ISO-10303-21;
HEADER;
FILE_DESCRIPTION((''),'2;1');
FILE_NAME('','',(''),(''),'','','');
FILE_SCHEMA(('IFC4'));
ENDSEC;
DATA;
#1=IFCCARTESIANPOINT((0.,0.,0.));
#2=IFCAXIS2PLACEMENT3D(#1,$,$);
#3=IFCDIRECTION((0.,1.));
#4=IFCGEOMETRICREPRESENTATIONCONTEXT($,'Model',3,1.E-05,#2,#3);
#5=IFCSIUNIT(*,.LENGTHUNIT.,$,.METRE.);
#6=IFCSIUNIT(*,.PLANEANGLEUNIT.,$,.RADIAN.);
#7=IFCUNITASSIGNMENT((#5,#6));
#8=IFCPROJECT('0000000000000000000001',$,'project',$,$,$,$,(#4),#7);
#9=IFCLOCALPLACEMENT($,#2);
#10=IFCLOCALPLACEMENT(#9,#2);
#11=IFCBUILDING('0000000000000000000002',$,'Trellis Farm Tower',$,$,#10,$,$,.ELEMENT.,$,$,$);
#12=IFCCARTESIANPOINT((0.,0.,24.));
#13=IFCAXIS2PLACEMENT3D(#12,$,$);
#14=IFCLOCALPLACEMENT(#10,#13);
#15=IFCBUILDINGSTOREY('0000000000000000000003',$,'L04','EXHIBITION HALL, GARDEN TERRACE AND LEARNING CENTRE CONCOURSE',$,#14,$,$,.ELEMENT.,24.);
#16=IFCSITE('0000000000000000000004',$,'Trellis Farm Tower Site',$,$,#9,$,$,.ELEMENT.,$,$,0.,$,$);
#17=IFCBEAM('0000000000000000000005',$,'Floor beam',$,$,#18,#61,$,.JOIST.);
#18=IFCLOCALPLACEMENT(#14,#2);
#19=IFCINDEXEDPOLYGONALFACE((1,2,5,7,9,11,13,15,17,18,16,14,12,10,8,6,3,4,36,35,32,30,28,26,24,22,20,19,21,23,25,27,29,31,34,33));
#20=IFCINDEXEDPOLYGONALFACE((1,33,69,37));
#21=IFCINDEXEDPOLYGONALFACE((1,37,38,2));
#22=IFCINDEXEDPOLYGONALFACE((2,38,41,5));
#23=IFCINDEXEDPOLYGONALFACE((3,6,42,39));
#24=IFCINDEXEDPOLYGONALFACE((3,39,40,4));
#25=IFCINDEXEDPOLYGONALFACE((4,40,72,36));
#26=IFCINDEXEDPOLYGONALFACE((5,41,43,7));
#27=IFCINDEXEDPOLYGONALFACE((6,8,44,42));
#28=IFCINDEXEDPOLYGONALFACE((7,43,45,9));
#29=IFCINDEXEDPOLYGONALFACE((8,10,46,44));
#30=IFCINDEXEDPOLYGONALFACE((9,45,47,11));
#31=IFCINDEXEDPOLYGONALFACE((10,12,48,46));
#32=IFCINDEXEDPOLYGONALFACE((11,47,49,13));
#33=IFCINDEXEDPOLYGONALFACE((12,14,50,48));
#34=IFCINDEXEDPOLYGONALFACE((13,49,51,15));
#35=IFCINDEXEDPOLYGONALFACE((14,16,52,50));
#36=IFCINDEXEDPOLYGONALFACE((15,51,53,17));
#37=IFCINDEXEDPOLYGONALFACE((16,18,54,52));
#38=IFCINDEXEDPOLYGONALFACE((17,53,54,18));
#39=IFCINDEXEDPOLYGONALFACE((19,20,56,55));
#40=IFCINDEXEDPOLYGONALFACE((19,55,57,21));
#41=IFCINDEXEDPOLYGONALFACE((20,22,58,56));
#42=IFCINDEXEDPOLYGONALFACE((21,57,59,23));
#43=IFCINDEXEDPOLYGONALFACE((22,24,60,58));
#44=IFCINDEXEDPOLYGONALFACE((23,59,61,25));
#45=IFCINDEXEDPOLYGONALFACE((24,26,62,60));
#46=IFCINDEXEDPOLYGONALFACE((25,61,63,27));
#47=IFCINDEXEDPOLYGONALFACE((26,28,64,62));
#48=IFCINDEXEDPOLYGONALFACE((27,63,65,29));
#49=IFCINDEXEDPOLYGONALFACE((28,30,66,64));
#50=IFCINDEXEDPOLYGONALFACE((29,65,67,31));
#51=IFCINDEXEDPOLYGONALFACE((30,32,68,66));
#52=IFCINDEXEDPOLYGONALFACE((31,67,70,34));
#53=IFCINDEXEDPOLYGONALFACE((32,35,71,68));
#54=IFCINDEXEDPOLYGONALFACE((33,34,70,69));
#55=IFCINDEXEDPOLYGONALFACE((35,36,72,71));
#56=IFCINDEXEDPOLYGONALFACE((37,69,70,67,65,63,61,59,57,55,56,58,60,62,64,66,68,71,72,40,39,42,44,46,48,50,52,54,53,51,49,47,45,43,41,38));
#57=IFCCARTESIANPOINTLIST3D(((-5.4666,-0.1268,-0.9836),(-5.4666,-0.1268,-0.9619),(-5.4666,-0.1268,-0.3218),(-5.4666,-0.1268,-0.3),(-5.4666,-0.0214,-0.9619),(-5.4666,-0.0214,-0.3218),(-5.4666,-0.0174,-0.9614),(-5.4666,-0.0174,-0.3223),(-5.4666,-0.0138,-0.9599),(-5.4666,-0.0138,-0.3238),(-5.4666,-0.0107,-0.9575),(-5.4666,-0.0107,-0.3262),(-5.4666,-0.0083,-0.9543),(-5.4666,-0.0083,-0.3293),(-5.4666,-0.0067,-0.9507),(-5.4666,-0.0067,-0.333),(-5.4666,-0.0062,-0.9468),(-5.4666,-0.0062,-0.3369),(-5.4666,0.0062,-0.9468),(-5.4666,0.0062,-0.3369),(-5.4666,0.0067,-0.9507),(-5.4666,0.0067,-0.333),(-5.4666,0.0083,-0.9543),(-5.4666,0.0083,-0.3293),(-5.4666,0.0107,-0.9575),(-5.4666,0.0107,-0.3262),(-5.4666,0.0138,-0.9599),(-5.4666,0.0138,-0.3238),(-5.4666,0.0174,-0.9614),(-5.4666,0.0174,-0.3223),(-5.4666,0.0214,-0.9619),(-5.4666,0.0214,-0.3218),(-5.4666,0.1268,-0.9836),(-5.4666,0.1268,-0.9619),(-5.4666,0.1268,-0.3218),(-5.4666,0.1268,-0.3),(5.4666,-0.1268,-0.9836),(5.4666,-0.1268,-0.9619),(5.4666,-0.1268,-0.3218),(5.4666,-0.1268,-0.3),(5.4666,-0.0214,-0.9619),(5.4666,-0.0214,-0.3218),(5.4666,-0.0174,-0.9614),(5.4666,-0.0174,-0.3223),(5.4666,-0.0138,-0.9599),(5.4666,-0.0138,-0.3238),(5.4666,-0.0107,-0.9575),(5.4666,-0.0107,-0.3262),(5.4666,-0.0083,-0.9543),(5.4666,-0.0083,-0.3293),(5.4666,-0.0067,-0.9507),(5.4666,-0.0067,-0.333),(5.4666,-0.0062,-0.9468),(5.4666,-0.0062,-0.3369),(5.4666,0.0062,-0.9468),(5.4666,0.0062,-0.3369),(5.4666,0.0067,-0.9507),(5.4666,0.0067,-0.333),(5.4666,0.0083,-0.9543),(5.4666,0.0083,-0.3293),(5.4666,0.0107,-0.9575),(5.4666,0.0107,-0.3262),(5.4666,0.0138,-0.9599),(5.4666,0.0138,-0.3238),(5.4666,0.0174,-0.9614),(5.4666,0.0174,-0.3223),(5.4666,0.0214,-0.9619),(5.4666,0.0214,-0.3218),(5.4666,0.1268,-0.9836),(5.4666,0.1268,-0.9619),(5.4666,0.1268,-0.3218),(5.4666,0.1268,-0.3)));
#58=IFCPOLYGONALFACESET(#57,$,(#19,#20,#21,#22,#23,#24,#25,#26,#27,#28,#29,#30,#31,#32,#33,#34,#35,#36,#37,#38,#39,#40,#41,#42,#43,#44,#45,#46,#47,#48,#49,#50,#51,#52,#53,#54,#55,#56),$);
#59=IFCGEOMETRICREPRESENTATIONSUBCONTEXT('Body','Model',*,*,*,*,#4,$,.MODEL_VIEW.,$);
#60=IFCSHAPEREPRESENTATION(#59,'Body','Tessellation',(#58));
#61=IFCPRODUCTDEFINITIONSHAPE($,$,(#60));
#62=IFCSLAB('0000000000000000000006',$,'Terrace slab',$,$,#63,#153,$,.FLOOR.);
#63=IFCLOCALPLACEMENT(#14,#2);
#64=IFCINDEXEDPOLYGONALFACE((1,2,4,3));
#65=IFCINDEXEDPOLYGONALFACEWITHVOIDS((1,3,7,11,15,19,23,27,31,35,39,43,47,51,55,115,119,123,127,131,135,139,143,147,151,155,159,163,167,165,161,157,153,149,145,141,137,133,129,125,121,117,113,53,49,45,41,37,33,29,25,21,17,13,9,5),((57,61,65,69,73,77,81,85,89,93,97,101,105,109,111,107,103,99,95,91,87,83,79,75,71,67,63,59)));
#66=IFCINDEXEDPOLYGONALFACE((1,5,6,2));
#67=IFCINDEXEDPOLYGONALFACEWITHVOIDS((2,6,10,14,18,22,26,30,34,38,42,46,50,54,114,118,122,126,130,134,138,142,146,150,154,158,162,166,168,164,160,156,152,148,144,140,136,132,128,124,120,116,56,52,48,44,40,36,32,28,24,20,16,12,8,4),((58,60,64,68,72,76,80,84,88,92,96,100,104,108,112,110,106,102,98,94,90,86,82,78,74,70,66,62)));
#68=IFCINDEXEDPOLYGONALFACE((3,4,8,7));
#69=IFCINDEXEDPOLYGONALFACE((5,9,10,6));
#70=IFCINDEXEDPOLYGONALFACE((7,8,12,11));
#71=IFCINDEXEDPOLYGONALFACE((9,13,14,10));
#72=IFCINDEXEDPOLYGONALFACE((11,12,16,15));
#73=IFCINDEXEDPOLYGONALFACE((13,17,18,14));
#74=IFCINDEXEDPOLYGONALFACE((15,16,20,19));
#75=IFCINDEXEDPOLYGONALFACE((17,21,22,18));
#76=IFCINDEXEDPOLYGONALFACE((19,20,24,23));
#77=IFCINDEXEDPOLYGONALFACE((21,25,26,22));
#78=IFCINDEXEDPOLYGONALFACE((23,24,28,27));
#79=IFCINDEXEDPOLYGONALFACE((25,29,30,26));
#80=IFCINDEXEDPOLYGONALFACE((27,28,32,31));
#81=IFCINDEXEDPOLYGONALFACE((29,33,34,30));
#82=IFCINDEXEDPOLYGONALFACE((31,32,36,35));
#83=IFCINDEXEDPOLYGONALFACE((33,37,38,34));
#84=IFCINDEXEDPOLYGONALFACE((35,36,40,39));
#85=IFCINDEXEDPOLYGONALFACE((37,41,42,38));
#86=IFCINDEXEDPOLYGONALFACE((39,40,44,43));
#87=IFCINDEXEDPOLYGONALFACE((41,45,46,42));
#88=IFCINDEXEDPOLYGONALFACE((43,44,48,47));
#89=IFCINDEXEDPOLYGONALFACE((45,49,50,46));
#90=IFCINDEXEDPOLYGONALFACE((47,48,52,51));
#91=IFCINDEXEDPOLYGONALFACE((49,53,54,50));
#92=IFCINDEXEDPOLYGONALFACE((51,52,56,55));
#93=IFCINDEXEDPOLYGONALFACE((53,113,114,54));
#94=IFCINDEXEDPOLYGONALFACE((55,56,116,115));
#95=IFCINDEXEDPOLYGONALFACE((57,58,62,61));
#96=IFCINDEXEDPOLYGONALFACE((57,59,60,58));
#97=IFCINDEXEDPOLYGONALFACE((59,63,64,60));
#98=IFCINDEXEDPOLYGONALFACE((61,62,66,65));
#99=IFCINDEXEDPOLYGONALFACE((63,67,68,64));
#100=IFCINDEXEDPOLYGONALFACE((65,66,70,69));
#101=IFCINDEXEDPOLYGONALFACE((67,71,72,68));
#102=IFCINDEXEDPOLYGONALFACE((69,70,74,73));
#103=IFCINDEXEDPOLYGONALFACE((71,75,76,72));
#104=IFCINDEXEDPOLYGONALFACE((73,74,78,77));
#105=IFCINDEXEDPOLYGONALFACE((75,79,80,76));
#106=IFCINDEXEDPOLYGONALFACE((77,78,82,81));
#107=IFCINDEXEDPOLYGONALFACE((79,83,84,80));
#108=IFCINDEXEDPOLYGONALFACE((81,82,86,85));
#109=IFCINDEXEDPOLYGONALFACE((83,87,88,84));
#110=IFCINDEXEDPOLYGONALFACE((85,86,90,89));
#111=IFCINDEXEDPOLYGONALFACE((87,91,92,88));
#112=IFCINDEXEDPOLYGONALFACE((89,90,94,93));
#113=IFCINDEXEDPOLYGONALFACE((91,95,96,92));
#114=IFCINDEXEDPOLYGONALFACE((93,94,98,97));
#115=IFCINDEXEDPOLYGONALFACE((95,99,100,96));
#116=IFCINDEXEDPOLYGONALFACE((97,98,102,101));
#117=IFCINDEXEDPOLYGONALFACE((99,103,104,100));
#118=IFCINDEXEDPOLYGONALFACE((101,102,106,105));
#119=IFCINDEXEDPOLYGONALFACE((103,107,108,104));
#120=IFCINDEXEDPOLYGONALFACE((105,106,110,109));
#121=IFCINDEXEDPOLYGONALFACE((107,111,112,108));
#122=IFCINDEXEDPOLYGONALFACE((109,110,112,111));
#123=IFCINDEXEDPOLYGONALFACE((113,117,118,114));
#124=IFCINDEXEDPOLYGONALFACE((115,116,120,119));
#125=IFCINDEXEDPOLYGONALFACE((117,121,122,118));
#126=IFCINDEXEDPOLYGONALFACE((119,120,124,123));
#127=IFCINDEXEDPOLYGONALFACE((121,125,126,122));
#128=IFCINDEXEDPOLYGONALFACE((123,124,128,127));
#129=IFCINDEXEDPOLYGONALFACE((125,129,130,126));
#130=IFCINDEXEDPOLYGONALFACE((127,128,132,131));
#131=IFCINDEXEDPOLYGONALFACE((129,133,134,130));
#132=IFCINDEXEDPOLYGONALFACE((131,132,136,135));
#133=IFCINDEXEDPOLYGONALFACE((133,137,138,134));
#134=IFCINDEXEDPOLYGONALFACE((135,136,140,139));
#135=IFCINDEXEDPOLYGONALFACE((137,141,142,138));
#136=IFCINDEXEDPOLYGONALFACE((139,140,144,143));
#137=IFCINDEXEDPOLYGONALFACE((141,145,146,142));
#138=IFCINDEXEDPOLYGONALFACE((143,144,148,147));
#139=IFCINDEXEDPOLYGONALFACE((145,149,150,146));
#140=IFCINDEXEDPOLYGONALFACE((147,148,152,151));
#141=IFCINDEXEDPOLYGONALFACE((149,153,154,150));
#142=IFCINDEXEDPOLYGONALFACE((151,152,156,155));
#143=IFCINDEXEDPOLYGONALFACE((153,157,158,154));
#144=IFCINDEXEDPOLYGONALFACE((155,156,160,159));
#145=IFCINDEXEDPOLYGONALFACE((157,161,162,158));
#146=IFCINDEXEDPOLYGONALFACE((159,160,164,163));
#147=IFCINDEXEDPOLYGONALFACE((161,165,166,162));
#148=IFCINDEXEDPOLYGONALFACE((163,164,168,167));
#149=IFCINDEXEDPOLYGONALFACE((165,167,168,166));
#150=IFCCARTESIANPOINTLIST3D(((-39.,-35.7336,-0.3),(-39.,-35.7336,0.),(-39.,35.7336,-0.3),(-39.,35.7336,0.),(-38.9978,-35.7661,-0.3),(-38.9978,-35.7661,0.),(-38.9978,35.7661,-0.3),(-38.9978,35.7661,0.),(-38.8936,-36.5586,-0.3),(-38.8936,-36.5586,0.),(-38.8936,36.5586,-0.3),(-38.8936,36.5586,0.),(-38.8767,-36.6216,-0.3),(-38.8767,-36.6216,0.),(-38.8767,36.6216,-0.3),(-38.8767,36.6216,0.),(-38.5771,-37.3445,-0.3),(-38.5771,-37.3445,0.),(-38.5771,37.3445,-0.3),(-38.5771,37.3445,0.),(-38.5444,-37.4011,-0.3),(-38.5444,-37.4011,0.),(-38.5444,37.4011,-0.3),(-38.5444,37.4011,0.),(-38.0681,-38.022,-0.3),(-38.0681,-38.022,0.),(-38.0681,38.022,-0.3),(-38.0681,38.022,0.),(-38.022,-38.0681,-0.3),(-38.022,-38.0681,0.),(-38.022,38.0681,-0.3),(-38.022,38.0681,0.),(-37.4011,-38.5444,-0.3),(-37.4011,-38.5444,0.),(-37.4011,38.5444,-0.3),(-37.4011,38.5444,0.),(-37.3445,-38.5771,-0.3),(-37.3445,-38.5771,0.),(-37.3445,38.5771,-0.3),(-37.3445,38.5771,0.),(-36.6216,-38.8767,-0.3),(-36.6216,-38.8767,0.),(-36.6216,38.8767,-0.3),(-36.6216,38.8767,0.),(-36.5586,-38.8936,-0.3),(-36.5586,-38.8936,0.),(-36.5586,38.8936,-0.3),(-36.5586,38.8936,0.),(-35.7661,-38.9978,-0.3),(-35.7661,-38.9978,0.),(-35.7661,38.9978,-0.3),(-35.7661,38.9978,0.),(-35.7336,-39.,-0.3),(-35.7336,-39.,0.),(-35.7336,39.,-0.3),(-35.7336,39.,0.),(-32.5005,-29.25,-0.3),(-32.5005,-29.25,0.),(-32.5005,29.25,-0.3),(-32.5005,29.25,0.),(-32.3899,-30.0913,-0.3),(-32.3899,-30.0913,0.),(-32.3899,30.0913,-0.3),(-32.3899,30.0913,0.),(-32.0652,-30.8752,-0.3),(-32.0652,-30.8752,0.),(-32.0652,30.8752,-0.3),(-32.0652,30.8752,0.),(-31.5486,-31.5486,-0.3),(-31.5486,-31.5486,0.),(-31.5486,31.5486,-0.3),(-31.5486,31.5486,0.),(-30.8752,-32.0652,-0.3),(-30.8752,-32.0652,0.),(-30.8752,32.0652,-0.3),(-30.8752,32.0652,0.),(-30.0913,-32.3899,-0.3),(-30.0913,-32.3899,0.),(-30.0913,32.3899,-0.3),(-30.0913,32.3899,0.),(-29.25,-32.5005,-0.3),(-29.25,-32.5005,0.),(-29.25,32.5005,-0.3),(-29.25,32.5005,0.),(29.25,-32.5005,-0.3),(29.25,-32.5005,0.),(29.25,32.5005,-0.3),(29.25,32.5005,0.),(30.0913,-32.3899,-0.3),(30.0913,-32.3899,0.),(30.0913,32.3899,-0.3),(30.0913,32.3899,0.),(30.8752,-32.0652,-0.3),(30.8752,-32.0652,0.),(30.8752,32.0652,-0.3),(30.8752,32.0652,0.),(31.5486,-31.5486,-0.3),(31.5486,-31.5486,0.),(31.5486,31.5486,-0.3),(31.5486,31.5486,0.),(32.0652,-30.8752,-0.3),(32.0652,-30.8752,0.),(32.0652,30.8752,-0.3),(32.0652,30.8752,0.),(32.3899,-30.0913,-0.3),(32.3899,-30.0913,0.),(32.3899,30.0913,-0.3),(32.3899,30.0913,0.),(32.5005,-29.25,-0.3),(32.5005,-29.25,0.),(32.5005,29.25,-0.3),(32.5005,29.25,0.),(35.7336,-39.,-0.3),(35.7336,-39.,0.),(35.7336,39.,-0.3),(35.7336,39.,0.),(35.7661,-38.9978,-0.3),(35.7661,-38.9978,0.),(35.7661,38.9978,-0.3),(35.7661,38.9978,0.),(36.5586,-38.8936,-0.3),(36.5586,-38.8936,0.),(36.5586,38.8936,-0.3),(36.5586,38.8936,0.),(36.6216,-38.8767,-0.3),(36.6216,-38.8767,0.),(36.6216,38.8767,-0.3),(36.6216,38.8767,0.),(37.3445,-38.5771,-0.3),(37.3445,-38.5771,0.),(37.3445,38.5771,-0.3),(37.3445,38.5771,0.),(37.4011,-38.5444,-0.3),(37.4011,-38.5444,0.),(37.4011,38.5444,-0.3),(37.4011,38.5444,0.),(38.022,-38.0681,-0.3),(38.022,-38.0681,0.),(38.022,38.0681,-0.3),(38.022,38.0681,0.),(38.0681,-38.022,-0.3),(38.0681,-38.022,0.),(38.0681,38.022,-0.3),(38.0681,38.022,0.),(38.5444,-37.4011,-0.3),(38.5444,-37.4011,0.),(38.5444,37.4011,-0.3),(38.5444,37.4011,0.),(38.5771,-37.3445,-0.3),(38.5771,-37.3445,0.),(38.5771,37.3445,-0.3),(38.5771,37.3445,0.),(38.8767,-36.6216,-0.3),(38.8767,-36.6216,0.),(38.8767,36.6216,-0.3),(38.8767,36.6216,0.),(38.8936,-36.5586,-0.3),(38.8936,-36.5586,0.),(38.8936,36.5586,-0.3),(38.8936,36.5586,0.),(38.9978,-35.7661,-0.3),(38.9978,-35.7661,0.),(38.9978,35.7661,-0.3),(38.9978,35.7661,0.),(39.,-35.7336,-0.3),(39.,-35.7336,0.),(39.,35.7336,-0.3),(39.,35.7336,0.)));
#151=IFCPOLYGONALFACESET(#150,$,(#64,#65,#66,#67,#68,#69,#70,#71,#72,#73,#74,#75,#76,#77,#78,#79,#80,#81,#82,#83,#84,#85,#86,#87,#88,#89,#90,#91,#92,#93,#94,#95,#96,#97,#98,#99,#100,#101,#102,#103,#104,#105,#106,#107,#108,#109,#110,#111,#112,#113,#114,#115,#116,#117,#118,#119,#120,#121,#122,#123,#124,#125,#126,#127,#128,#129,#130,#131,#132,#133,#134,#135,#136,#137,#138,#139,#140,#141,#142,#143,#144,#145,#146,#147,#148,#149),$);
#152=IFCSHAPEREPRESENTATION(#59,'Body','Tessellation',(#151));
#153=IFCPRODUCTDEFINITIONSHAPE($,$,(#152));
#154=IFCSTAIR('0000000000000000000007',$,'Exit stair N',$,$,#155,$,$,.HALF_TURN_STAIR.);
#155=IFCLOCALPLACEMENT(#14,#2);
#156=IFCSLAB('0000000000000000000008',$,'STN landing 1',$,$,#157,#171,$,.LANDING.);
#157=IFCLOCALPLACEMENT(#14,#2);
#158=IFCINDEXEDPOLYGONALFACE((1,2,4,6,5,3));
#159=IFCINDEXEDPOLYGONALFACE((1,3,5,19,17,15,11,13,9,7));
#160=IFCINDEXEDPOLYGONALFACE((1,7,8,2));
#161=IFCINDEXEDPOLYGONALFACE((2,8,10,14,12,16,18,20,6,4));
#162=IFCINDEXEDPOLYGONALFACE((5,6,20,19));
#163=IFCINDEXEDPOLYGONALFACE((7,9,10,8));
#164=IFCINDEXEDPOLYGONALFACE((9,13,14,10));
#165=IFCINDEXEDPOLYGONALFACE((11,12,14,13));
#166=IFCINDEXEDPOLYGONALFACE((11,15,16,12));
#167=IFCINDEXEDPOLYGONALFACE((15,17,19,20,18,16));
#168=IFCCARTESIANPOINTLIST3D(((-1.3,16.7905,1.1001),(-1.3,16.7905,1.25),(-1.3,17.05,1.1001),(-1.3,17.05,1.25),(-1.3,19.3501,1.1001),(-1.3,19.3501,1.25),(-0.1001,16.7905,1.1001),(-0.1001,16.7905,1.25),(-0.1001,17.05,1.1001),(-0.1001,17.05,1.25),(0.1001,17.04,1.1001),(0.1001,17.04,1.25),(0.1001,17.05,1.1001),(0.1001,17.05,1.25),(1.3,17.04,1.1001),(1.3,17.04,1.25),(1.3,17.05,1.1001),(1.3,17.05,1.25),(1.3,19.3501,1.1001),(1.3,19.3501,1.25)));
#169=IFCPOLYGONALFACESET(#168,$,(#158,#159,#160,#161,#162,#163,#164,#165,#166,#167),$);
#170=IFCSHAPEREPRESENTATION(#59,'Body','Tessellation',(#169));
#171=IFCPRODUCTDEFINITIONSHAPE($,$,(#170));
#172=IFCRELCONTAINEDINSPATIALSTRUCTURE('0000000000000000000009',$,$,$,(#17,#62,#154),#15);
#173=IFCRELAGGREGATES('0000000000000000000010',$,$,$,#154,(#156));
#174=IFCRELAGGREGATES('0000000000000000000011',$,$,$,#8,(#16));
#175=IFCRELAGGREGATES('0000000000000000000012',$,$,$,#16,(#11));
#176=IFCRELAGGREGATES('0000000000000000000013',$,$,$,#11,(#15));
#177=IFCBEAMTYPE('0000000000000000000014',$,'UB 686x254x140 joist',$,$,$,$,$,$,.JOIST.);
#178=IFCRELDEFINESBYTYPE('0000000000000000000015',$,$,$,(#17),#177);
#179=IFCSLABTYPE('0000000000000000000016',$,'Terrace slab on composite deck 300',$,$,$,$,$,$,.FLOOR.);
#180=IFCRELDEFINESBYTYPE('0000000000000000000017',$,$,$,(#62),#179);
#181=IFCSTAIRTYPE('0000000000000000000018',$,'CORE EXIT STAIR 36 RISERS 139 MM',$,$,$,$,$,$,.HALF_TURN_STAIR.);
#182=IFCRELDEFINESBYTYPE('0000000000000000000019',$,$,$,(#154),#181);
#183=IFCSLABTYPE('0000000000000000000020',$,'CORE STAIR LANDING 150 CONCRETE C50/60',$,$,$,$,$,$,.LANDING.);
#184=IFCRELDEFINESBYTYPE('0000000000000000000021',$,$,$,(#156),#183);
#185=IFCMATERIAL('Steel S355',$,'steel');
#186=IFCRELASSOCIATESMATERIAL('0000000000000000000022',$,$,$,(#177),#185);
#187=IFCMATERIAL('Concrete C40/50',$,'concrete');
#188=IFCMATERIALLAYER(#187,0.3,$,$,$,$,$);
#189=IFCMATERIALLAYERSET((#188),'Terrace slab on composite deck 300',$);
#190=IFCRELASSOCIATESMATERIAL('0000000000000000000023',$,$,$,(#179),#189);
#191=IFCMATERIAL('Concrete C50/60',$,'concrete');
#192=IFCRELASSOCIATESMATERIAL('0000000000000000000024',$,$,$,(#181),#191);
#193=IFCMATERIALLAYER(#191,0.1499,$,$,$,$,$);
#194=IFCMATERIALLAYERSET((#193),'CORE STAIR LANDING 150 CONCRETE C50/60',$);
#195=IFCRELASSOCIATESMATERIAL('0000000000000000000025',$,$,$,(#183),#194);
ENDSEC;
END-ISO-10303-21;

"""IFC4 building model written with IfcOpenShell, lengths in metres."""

from ifc_helpers import new_model, si_unit, direction, frame, origin, origin_2d, place, context, subcontext, project, spatial, polyline, i_section, outline, extrude, source, transform, mapped, material, layer, layer_set, material_profile, profile_set, type_object, element, aggregate, save


model = new_model("IFC4")

# Units and contexts
model_context = context("Model", 3, precision=1e-05, world=origin(), true_north=direction((0.0, 1.0)))
body_context = subcontext(model_context, "Body", "Model", "MODEL_VIEW")
ifc_project = project(units=[si_unit("LENGTHUNIT", "METRE"), si_unit("PLANEANGLEUNIT", "RADIAN")], contexts=[model_context])

# Site, building, storey
site_placement = place(None, origin())
site = spatial("IfcSite", under=ifc_project, at=site_placement, Name="Trellis Farm Tower Site", CompositionType="ELEMENT", RefElevation=0.0)
building_placement = place(site_placement, origin())
building = spatial("IfcBuilding", under=site, at=building_placement, Name="Trellis Farm Tower", CompositionType="ELEMENT")
storey_placement = place(building_placement, frame((0.0, 0.0, 24.0)))
storey = spatial("IfcBuildingStorey", under=building, at=storey_placement, Name="L04", Description="EXHIBITION HALL, GARDEN TERRACE AND LEARNING CENTRE CONCOURSE", CompositionType="ELEMENT", Elevation=24.0)

# Beam
ifc_material_1 = material(Name="Steel S355", Category="steel")
ifc_material_profile = material_profile(ifc_material_1, i_section(OverallWidth=0.2537, OverallDepth=0.6836, WebThickness=0.0125, FlangeThickness=0.0217, FilletRadius=0.0151, at=origin_2d()), Name="UB 686x254x140")
ifc_profile_set = profile_set([ifc_material_profile], Name="Steel S355")
beam_type = type_object("IfcBeamType", Name="UB 686x254x140 joist", PredefinedType="JOIST", material=ifc_profile_set)
shared_shape_1 = source(origin(), body_context, "Body", "SweptSolid", [
    extrude(i_section(OverallWidth=0.2537, OverallDepth=0.6836, WebThickness=0.0125, FlangeThickness=0.0217, FilletRadius=0.0151, at=origin_2d()), origin(), (0.0, 0.0, 1.0), 10.9331),
])
beam_placement = place(storey_placement, frame((-5.4666, 0.0, -0.6418), z_axis=(1.0, 0.0, 0.0), x_axis=(0.0, 1.0, 0.0)))
element("IfcBeam", 1, at=beam_placement, inside=storey, type_object=beam_type, Name="Floor beam", PredefinedType="JOIST", context=body_context, shape_type="MappedRepresentation", body=[
    mapped(shared_shape_1, transform((0.0, 0.0, 0.0))),
])

# Slab
ifc_material_2 = material(Name="Concrete C40/50", Category="concrete")
ifc_layer_1 = layer(ifc_material_2, 0.3)
ifc_layer_set_1 = layer_set([ifc_layer_1], Name="Terrace slab on composite deck 300")
slab_type_1 = type_object("IfcSlabType", Name="Terrace slab on composite deck 300", PredefinedType="FLOOR", material=ifc_layer_set_1)
placement_1 = place(storey_placement, frame((0.0, 0.0, -0.3)))
element("IfcSlab", 2, at=placement_1, inside=storey, type_object=slab_type_1, Name="Terrace slab", PredefinedType="FLOOR", context=body_context, shape_type="SweptSolid", body=[
    extrude(outline(polyline([(38.5771, -37.3445), (38.5444, -37.4011), (38.0681, -38.022), (38.022, -38.0681), (37.4011, -38.5444), (37.3445, -38.5771), (36.6216, -38.8767), (36.5586, -38.8936), (35.7661, -38.9978), (35.7336, -39.0), (-35.7336, -39.0), (-35.7661, -38.9978), (-36.5586, -38.8936), (-36.6216, -38.8767), (-37.3445, -38.5771), (-37.4011, -38.5444), (-38.022, -38.0681), (-38.0681, -38.022), (-38.5444, -37.4011), (-38.5771, -37.3445), (-38.8767, -36.6216), (-38.8936, -36.5586), (-38.9978, -35.7661), (-39.0, -35.7336), (-39.0, 35.7336), (-38.9978, 35.7661), (-38.8936, 36.5586), (-38.8767, 36.6216), (-38.5771, 37.3445), (-38.5444, 37.4011), (-38.0681, 38.022), (-38.022, 38.0681), (-37.4011, 38.5444), (-37.3445, 38.5771), (-36.6216, 38.8767), (-36.5586, 38.8936), (-35.7661, 38.9978), (-35.7336, 39.0), (35.7336, 39.0), (35.7661, 38.9978), (36.5586, 38.8936), (36.6216, 38.8767), (37.3445, 38.5771), (37.4011, 38.5444), (38.022, 38.0681), (38.0681, 38.022), (38.5444, 37.4011), (38.5771, 37.3445), (38.8767, 36.6216), (38.8936, 36.5586), (38.9978, 35.7661), (39.0, 35.7336), (39.0, -35.7336), (38.9978, -35.7661), (38.8936, -36.5586), (38.8767, -36.6216), (38.5771, -37.3445)]), holes=[polyline([(32.3899, 30.0913), (32.0652, 30.8752), (31.5486, 31.5486), (30.8752, 32.0652), (30.0913, 32.3899), (29.25, 32.5005), (-29.25, 32.5005), (-30.0913, 32.3899), (-30.8752, 32.0652), (-31.5486, 31.5486), (-32.0652, 30.8752), (-32.3899, 30.0913), (-32.5005, 29.25), (-32.5005, -29.25), (-32.3899, -30.0913), (-32.0652, -30.8752), (-31.5486, -31.5486), (-30.8752, -32.0652), (-30.0913, -32.3899), (-29.25, -32.5005), (29.25, -32.5005), (30.0913, -32.3899), (30.8752, -32.0652), (31.5486, -31.5486), (32.0652, -30.8752), (32.3899, -30.0913), (32.5005, -29.25), (32.5005, 29.25), (32.3899, 30.0913)])]), origin(), (0.0, 0.0, 1.0), 0.3),
])

# Stair, slab
ifc_material_3 = material(Name="Concrete C50/60", Category="concrete")
stair_type = type_object("IfcStairType", Name="CORE EXIT STAIR 36 RISERS 139 MM", PredefinedType="HALF_TURN_STAIR", material=ifc_material_3)
placement_2 = place(storey_placement, origin())
stair_1 = element("IfcStair", 3, at=placement_2, inside=storey, type_object=stair_type, Name="Exit stair N", PredefinedType="HALF_TURN_STAIR")
ifc_layer_2 = layer(ifc_material_3, 0.1499)
ifc_layer_set_2 = layer_set([ifc_layer_2], Name="CORE STAIR LANDING 150 CONCRETE C50/60")
slab_type_2 = type_object("IfcSlabType", Name="CORE STAIR LANDING 150 CONCRETE C50/60", PredefinedType="LANDING", material=ifc_layer_set_2)
shared_shape_2 = source(origin(), body_context, "Body", "SweptSolid", [
    extrude(outline(polyline([(-0.1001, 16.7905), (-1.3, 16.7905), (-1.3, 17.05), (-1.3, 19.3501), (1.3, 19.3501), (1.3, 17.05), (1.3, 17.04), (0.1001, 17.04), (0.1001, 17.05), (-0.1001, 17.05), (-0.1001, 16.7905)])), origin(), (0.0, 0.0, 1.0), 0.1499),
])
placement_3 = place(storey_placement, frame((0.0, 0.0, 1.1001)))
slab_1 = element("IfcSlab", 4, at=placement_3, type_object=slab_type_2, Name="STN landing 1", PredefinedType="LANDING", context=body_context, shape_type="MappedRepresentation", body=[
    mapped(shared_shape_2, transform((0.0, 0.0, 0.0))),
])
aggregate(stair_1, [slab_1])

save(model, "model.ifc")
